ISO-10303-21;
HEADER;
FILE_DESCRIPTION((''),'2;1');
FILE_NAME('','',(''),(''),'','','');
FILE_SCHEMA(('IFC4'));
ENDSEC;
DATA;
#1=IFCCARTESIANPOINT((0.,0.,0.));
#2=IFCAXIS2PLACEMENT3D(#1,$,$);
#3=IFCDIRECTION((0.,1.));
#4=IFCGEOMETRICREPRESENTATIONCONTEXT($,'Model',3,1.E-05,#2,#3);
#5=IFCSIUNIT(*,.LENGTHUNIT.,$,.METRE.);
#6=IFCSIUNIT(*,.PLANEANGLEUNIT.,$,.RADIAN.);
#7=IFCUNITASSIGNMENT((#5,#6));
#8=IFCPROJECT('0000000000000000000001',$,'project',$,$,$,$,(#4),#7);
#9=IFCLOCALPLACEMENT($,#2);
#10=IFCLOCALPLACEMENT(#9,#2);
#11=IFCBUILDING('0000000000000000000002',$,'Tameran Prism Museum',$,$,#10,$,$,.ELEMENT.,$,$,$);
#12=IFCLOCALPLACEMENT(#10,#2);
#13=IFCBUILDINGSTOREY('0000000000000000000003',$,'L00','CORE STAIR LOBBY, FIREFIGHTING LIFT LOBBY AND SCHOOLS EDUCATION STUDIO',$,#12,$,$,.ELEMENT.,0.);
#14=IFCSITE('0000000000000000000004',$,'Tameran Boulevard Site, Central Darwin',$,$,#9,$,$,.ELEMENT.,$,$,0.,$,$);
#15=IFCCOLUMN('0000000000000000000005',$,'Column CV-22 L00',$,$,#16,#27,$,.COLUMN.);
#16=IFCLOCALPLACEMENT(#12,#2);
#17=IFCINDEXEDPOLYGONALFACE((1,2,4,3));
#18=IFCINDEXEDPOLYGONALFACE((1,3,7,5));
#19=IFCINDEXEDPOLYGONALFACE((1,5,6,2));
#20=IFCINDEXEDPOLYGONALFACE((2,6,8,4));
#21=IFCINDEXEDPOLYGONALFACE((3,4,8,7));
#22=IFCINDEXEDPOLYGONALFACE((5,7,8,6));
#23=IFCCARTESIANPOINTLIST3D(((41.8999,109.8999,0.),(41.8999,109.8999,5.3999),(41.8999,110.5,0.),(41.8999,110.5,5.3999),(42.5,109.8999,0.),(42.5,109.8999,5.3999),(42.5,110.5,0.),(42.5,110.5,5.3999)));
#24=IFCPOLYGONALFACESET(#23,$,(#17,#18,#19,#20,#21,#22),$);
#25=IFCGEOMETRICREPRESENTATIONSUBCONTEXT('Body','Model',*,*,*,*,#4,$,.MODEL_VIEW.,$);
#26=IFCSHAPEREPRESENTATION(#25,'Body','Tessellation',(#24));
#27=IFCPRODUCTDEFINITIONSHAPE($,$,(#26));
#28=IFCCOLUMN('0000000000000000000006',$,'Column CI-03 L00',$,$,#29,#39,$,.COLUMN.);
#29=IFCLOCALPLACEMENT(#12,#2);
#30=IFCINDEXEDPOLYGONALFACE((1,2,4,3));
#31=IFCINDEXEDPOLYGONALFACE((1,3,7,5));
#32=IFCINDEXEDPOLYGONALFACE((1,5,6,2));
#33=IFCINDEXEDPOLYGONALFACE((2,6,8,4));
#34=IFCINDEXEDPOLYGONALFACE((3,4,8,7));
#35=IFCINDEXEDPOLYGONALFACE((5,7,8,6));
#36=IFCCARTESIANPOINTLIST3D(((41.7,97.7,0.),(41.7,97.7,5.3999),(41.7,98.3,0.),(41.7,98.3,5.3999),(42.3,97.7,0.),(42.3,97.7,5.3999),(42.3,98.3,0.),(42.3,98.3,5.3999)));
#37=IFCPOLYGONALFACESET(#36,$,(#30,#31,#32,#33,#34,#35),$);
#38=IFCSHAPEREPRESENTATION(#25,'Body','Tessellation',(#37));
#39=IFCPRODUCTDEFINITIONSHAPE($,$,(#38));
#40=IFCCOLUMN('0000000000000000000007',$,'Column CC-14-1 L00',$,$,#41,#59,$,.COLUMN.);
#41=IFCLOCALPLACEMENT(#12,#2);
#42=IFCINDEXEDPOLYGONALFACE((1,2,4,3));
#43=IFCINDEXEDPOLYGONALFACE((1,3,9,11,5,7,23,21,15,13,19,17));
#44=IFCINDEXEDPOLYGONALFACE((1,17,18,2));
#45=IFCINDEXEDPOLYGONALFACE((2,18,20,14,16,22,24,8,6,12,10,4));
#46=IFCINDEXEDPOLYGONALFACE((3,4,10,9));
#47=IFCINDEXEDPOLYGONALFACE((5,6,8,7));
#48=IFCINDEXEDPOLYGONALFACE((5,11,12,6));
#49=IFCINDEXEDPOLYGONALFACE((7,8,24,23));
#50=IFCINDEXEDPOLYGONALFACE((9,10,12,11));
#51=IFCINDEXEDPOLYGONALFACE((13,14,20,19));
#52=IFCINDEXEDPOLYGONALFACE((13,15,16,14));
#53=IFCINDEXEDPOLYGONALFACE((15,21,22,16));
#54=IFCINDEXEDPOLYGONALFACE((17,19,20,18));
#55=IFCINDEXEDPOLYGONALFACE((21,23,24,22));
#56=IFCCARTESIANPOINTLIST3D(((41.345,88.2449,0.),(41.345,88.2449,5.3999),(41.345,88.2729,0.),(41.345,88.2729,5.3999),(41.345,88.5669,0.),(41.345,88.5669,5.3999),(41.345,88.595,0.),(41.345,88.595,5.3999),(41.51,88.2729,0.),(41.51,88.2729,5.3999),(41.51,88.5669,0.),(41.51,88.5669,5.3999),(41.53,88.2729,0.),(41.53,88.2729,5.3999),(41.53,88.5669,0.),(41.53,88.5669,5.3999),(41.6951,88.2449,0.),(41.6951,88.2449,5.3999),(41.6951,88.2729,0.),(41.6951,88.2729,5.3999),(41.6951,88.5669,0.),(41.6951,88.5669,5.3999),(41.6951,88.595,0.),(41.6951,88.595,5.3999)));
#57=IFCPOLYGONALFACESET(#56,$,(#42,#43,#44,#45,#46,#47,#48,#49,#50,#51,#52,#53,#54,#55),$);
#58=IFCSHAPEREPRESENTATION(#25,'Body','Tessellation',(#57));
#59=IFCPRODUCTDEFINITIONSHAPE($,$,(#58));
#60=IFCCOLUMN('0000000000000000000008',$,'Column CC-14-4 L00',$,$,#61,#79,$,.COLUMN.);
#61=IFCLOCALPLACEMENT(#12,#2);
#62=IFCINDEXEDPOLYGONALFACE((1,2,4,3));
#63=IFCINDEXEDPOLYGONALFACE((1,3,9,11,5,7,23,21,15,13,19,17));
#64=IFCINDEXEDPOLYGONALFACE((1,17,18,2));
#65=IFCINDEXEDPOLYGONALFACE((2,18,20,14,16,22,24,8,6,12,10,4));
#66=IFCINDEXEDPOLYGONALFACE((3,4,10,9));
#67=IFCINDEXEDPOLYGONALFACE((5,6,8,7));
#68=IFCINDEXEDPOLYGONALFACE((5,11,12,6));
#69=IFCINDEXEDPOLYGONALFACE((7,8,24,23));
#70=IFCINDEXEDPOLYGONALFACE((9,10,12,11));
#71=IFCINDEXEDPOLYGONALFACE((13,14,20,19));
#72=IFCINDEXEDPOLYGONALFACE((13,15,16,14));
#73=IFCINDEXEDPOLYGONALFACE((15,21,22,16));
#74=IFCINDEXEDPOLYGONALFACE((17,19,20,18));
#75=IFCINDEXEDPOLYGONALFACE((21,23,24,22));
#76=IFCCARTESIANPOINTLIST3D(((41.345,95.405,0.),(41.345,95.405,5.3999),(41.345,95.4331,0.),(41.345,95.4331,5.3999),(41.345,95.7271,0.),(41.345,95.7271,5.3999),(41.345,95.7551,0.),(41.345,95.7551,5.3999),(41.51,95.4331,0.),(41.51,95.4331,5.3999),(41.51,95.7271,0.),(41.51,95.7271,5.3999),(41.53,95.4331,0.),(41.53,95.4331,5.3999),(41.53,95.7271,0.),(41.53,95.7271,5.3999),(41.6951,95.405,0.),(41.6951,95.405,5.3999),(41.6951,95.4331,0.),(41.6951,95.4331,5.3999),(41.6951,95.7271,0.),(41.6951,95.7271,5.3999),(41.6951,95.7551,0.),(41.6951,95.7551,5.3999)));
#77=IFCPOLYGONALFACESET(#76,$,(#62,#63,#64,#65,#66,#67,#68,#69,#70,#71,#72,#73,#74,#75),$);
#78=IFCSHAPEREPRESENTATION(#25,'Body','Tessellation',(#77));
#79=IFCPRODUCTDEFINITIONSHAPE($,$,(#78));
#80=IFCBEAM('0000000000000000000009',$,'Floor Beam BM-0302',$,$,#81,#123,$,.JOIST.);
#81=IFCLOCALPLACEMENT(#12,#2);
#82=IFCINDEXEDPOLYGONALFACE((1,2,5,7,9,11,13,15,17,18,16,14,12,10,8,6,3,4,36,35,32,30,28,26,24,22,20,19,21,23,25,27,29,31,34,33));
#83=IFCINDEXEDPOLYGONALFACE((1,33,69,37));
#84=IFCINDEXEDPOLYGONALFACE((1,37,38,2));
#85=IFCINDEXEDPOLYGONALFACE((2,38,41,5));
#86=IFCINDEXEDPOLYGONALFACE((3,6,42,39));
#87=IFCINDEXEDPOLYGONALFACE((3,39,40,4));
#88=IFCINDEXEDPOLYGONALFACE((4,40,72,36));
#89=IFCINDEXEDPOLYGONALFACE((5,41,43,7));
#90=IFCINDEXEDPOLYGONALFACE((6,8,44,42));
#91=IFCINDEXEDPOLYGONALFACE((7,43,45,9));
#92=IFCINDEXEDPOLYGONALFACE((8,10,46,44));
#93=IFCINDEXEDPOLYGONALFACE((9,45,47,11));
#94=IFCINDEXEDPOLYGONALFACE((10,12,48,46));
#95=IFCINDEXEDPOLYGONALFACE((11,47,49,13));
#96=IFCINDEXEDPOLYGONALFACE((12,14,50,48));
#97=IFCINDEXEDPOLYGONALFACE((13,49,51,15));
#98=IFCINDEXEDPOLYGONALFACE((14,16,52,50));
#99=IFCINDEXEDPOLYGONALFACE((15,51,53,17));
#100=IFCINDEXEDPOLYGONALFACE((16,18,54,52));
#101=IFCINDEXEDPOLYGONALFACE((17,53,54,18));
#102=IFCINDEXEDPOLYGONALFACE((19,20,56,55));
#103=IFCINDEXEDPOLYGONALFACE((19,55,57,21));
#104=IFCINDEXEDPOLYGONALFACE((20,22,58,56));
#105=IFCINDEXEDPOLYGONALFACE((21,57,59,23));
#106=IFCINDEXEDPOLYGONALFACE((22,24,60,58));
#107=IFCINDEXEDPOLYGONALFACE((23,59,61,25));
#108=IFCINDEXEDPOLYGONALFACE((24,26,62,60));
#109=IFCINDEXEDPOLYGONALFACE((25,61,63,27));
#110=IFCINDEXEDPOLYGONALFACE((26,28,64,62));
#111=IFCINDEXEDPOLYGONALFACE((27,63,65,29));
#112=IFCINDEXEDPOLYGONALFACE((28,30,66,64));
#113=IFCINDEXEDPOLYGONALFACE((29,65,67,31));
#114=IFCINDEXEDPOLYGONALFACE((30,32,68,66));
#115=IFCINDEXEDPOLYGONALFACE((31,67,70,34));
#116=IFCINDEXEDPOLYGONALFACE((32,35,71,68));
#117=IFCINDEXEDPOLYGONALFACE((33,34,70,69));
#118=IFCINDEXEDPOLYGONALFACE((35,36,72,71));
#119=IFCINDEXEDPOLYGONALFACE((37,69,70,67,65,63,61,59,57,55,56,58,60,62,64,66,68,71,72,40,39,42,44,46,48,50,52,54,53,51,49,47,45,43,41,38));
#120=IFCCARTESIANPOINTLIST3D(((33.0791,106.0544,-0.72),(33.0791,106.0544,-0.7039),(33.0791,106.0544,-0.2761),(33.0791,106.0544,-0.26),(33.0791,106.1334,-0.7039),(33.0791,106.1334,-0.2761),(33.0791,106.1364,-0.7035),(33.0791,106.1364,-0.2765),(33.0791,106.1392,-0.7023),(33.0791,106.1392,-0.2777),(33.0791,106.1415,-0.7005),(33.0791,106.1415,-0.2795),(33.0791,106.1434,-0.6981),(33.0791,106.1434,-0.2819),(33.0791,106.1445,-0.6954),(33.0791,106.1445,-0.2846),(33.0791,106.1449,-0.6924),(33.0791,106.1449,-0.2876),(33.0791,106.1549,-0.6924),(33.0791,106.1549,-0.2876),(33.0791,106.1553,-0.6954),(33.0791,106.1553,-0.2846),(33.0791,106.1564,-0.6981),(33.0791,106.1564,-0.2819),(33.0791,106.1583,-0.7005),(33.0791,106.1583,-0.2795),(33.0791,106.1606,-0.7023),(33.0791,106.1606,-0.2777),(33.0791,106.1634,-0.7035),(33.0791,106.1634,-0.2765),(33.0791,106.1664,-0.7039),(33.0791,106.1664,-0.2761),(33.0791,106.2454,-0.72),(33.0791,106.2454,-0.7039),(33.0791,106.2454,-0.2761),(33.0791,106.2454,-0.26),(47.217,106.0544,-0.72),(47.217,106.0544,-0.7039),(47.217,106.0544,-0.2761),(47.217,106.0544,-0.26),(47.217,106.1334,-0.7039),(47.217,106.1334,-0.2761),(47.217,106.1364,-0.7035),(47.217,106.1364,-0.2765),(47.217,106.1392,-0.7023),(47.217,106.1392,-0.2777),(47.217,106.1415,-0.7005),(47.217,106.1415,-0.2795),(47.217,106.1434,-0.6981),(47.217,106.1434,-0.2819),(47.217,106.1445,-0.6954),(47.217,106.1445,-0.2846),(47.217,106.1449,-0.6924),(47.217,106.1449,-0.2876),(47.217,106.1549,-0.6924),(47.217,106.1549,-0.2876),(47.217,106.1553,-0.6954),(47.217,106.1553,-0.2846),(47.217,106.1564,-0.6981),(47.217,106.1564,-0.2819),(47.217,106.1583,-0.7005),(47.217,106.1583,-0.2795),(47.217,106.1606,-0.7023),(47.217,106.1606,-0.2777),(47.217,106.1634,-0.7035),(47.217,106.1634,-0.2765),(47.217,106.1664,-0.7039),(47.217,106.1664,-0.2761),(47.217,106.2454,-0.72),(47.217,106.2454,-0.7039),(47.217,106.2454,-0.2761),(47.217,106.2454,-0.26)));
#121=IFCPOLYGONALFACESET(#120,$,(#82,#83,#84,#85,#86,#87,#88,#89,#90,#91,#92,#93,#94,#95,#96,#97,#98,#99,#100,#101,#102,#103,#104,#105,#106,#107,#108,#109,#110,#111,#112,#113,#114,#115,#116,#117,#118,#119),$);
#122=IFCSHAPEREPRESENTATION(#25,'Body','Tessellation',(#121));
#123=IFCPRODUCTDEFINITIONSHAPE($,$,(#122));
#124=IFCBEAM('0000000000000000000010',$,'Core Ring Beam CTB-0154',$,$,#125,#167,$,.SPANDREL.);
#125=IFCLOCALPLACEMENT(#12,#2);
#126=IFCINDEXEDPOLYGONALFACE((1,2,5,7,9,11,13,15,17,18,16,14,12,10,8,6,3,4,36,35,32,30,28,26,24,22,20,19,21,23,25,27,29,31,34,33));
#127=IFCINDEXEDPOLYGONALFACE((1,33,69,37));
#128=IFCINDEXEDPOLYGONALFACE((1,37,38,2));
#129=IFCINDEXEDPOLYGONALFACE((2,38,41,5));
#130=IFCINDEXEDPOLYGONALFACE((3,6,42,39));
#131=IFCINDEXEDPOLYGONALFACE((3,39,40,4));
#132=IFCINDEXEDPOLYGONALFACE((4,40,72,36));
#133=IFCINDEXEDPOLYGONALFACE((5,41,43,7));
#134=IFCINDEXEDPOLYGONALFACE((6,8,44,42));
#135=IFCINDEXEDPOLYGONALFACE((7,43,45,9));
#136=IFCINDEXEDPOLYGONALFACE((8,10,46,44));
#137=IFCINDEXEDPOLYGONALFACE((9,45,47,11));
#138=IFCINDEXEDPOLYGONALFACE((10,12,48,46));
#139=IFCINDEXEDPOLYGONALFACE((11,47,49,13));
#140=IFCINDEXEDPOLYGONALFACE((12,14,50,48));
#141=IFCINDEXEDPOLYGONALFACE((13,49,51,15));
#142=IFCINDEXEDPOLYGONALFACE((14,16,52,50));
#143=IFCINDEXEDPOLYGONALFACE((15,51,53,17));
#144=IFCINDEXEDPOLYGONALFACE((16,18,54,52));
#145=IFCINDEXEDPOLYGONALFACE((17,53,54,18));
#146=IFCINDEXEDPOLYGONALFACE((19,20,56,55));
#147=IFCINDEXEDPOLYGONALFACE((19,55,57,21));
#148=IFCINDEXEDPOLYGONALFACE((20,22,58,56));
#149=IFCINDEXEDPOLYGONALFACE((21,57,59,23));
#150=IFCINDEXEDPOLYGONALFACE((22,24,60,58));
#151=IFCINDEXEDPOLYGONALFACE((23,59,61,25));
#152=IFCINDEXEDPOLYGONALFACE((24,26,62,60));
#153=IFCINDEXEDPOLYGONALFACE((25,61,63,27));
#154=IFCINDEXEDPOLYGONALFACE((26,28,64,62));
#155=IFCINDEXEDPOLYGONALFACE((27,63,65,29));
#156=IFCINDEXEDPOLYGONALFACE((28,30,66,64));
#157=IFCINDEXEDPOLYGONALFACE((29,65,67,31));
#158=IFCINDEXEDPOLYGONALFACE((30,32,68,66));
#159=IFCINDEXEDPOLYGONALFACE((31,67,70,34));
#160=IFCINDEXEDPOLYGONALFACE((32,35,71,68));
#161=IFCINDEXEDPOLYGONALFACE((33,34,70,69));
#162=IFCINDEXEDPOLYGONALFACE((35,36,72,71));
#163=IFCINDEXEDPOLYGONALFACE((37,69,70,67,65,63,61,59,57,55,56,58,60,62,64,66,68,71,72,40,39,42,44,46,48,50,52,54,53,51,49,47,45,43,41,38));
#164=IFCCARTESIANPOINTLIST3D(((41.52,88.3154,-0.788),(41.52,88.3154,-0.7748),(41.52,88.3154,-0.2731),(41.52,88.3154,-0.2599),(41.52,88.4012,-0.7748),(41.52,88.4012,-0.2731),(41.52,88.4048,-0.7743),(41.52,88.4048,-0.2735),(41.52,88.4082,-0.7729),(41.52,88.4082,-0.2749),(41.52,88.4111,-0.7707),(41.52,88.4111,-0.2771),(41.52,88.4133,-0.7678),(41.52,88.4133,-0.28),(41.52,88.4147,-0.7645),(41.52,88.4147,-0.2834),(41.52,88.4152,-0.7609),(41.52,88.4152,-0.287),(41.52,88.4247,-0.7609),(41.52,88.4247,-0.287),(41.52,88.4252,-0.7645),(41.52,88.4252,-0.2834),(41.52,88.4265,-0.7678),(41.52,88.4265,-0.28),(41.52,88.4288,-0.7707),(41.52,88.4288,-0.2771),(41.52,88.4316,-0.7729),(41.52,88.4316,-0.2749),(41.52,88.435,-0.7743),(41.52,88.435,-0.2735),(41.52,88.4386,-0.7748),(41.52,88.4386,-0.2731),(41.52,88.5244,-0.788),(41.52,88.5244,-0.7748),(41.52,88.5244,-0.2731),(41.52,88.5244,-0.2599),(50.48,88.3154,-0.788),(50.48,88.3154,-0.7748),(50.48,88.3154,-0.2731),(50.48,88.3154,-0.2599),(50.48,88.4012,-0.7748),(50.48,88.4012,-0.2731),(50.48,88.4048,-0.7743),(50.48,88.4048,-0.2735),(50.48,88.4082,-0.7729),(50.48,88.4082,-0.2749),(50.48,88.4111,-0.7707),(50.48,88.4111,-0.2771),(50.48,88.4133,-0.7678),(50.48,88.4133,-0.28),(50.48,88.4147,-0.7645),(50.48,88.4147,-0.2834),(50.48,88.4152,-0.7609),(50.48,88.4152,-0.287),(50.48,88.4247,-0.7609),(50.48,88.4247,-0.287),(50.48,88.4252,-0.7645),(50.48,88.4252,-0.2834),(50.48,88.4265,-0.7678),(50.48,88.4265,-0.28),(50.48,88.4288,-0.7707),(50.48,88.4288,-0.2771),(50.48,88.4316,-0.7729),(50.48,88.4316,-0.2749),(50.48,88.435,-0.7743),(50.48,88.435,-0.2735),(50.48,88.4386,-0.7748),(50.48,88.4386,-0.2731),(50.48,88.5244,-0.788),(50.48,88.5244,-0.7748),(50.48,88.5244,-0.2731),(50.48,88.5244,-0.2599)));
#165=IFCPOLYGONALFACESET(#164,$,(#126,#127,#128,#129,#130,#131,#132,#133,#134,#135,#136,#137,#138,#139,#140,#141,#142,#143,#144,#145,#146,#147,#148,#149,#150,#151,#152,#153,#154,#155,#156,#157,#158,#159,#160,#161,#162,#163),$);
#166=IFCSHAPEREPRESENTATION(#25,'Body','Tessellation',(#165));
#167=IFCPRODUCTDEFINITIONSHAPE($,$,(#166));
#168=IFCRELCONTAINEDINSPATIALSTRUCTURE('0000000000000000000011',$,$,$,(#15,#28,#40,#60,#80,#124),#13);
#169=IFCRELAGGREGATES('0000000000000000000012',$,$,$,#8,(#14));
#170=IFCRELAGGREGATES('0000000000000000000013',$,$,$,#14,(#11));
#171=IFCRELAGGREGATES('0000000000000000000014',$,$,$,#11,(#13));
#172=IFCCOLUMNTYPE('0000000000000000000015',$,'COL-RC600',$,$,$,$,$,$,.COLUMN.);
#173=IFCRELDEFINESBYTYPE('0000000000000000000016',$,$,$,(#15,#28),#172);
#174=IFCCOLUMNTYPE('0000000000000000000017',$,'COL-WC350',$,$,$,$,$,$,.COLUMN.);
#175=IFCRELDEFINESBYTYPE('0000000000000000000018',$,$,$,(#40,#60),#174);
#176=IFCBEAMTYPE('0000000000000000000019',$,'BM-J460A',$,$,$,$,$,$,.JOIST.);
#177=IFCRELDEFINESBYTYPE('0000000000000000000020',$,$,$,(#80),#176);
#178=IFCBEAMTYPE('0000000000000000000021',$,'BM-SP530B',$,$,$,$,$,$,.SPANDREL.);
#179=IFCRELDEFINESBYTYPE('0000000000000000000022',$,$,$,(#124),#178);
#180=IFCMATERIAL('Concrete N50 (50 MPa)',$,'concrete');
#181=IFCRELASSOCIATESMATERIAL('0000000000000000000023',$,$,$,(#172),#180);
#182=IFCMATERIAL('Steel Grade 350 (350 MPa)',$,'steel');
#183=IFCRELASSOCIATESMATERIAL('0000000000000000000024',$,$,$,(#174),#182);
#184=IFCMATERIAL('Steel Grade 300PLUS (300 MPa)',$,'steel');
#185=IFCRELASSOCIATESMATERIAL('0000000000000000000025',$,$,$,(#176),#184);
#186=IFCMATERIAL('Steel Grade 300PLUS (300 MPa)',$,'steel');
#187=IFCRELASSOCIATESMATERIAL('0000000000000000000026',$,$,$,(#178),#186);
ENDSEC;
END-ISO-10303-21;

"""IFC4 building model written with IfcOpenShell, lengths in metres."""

from ifc_helpers import new_model, si_unit, direction, frame, origin, origin_2d, place, context, subcontext, project, spatial, rectangle, i_section, extrude, material, material_profile, profile_set, type_object, element, save


model = new_model("IFC4")

# Units and contexts
model_context = context("Model", 3, precision=1e-05, world=origin(), true_north=direction((0.0, 1.0)))
body_context = subcontext(model_context, "Body", "Model", "MODEL_VIEW")
ifc_project = project(units=[si_unit("LENGTHUNIT", "METRE"), si_unit("PLANEANGLEUNIT", "RADIAN")], contexts=[model_context])

# Site, building, storey
site_placement = place(None, origin())
site = spatial("IfcSite", under=ifc_project, at=site_placement, Name="Tameran Boulevard Site, Central Darwin", CompositionType="ELEMENT", RefElevation=0.0)
building_placement = place(site_placement, origin())
building = spatial("IfcBuilding", under=site, at=building_placement, Name="Tameran Prism Museum", CompositionType="ELEMENT")
storey_placement = place(building_placement, origin())
storey = spatial("IfcBuildingStorey", under=building, at=storey_placement, Name="L00", Description="CORE STAIR LOBBY, FIREFIGHTING LIFT LOBBY AND SCHOOLS EDUCATION STUDIO", CompositionType="ELEMENT", Elevation=0.0)

# Columns
ifc_material_1 = material(Name="Concrete N50 (50 MPa)", Category="concrete")
ifc_material_profile_1 = material_profile(ifc_material_1, rectangle(XDim=0.6001, YDim=0.6001, at=origin_2d()))
ifc_profile_set_1 = profile_set([ifc_material_profile_1])
column_type_1 = type_object("IfcColumnType", Name="COL-RC600", PredefinedType="COLUMN", material=ifc_profile_set_1)
for number, where, z_axis, x_axis, name in (
    (1, (42.2, 110.2, 0.0), (0.0, 0.0, 1.0), (1.0, 0.0, 0.0), "Column CV-22 L00"),
    (2, (42.0, 98.0, 0.0), (0.0, 0.0, 1.0), (1.0, 0.0, 0.0), "Column CI-03 L00"),
):
    element("IfcColumn", number, at=place(storey_placement, frame(where, z_axis=z_axis, x_axis=x_axis)), inside=storey, type_object=column_type_1, Name=name, PredefinedType="COLUMN", context=body_context, shape_type="SweptSolid", body=[
        extrude(rectangle(XDim=0.6001, YDim=0.6001, at=origin_2d()), origin(), (0.0, 0.0, 1.0), 5.3999),
    ])
ifc_material_2 = material(Name="Steel Grade 350 (350 MPa)", Category="steel")
ifc_material_profile_2 = material_profile(ifc_material_2, i_section(OverallWidth=0.3501, OverallDepth=0.3501, WebThickness=0.02, FlangeThickness=0.0281, at=origin_2d()))
ifc_profile_set_2 = profile_set([ifc_material_profile_2])
column_type_2 = type_object("IfcColumnType", Name="COL-WC350", PredefinedType="COLUMN", material=ifc_profile_set_2)
for number, where, z_axis, x_axis, name in (
    (3, (41.52, 88.4199, 0.0), (0.0, 0.0, 1.0), (1.0, 0.0, 0.0), "Column CC-14-1 L00"),
    (4, (41.52, 95.5801, 0.0), (0.0, 0.0, 1.0), (1.0, 0.0, 0.0), "Column CC-14-4 L00"),
):
    element("IfcColumn", number, at=place(storey_placement, frame(where, z_axis=z_axis, x_axis=x_axis)), inside=storey, type_object=column_type_2, Name=name, PredefinedType="COLUMN", context=body_context, shape_type="SweptSolid", body=[
        extrude(i_section(OverallWidth=0.3501, OverallDepth=0.3501, WebThickness=0.02, FlangeThickness=0.0281, at=origin_2d()), origin(), (0.0, 0.0, 1.0), 5.3999),
    ])

# Beams
ifc_material_3 = material(Name="Steel Grade 300PLUS (300 MPa)", Category="steel")
ifc_material_profile_3 = material_profile(ifc_material_3, i_section(OverallWidth=0.1909, OverallDepth=0.46, WebThickness=0.01, FlangeThickness=0.0161, FilletRadius=0.0115, at=origin_2d()))
ifc_profile_set_3 = profile_set([ifc_material_profile_3])
beam_type_1 = type_object("IfcBeamType", Name="BM-J460A", PredefinedType="JOIST", material=ifc_profile_set_3)
beam_1_placement = place(storey_placement, frame((33.0791, 106.1499, -0.49), z_axis=(1.0, 0.0, 0.0), x_axis=(0.0, 1.0, 0.0)))
element("IfcBeam", 5, at=beam_1_placement, inside=storey, type_object=beam_type_1, Name="Floor Beam BM-0302", PredefinedType="JOIST", context=body_context, shape_type="SweptSolid", body=[
    extrude(i_section(OverallWidth=0.1909, OverallDepth=0.46, WebThickness=0.01, FlangeThickness=0.0161, FilletRadius=0.0115, at=origin_2d()), origin(), (0.0, 0.0, 1.0), 14.1379),
])
ifc_material_4 = material(Name="Steel Grade 300PLUS (300 MPa)", Category="steel")
ifc_material_profile_4 = material_profile(ifc_material_4, i_section(OverallWidth=0.209, OverallDepth=0.5281, WebThickness=0.0095, FlangeThickness=0.0132, FilletRadius=0.0139, at=origin_2d()))
ifc_profile_set_4 = profile_set([ifc_material_profile_4])
beam_type_2 = type_object("IfcBeamType", Name="BM-SP530B", PredefinedType="SPANDREL", material=ifc_profile_set_4)
beam_2_placement = place(storey_placement, frame((41.52, 88.4199, -0.5239), z_axis=(1.0, 0.0, 0.0), x_axis=(0.0, 1.0, 0.0)))
element("IfcBeam", 6, at=beam_2_placement, inside=storey, type_object=beam_type_2, Name="Core Ring Beam CTB-0154", PredefinedType="SPANDREL", context=body_context, shape_type="SweptSolid", body=[
    extrude(i_section(OverallWidth=0.209, OverallDepth=0.5281, WebThickness=0.0095, FlangeThickness=0.0132, FilletRadius=0.0139, at=origin_2d()), origin(), (0.0, 0.0, 1.0), 8.96),
])

save(model, "model.ifc")
